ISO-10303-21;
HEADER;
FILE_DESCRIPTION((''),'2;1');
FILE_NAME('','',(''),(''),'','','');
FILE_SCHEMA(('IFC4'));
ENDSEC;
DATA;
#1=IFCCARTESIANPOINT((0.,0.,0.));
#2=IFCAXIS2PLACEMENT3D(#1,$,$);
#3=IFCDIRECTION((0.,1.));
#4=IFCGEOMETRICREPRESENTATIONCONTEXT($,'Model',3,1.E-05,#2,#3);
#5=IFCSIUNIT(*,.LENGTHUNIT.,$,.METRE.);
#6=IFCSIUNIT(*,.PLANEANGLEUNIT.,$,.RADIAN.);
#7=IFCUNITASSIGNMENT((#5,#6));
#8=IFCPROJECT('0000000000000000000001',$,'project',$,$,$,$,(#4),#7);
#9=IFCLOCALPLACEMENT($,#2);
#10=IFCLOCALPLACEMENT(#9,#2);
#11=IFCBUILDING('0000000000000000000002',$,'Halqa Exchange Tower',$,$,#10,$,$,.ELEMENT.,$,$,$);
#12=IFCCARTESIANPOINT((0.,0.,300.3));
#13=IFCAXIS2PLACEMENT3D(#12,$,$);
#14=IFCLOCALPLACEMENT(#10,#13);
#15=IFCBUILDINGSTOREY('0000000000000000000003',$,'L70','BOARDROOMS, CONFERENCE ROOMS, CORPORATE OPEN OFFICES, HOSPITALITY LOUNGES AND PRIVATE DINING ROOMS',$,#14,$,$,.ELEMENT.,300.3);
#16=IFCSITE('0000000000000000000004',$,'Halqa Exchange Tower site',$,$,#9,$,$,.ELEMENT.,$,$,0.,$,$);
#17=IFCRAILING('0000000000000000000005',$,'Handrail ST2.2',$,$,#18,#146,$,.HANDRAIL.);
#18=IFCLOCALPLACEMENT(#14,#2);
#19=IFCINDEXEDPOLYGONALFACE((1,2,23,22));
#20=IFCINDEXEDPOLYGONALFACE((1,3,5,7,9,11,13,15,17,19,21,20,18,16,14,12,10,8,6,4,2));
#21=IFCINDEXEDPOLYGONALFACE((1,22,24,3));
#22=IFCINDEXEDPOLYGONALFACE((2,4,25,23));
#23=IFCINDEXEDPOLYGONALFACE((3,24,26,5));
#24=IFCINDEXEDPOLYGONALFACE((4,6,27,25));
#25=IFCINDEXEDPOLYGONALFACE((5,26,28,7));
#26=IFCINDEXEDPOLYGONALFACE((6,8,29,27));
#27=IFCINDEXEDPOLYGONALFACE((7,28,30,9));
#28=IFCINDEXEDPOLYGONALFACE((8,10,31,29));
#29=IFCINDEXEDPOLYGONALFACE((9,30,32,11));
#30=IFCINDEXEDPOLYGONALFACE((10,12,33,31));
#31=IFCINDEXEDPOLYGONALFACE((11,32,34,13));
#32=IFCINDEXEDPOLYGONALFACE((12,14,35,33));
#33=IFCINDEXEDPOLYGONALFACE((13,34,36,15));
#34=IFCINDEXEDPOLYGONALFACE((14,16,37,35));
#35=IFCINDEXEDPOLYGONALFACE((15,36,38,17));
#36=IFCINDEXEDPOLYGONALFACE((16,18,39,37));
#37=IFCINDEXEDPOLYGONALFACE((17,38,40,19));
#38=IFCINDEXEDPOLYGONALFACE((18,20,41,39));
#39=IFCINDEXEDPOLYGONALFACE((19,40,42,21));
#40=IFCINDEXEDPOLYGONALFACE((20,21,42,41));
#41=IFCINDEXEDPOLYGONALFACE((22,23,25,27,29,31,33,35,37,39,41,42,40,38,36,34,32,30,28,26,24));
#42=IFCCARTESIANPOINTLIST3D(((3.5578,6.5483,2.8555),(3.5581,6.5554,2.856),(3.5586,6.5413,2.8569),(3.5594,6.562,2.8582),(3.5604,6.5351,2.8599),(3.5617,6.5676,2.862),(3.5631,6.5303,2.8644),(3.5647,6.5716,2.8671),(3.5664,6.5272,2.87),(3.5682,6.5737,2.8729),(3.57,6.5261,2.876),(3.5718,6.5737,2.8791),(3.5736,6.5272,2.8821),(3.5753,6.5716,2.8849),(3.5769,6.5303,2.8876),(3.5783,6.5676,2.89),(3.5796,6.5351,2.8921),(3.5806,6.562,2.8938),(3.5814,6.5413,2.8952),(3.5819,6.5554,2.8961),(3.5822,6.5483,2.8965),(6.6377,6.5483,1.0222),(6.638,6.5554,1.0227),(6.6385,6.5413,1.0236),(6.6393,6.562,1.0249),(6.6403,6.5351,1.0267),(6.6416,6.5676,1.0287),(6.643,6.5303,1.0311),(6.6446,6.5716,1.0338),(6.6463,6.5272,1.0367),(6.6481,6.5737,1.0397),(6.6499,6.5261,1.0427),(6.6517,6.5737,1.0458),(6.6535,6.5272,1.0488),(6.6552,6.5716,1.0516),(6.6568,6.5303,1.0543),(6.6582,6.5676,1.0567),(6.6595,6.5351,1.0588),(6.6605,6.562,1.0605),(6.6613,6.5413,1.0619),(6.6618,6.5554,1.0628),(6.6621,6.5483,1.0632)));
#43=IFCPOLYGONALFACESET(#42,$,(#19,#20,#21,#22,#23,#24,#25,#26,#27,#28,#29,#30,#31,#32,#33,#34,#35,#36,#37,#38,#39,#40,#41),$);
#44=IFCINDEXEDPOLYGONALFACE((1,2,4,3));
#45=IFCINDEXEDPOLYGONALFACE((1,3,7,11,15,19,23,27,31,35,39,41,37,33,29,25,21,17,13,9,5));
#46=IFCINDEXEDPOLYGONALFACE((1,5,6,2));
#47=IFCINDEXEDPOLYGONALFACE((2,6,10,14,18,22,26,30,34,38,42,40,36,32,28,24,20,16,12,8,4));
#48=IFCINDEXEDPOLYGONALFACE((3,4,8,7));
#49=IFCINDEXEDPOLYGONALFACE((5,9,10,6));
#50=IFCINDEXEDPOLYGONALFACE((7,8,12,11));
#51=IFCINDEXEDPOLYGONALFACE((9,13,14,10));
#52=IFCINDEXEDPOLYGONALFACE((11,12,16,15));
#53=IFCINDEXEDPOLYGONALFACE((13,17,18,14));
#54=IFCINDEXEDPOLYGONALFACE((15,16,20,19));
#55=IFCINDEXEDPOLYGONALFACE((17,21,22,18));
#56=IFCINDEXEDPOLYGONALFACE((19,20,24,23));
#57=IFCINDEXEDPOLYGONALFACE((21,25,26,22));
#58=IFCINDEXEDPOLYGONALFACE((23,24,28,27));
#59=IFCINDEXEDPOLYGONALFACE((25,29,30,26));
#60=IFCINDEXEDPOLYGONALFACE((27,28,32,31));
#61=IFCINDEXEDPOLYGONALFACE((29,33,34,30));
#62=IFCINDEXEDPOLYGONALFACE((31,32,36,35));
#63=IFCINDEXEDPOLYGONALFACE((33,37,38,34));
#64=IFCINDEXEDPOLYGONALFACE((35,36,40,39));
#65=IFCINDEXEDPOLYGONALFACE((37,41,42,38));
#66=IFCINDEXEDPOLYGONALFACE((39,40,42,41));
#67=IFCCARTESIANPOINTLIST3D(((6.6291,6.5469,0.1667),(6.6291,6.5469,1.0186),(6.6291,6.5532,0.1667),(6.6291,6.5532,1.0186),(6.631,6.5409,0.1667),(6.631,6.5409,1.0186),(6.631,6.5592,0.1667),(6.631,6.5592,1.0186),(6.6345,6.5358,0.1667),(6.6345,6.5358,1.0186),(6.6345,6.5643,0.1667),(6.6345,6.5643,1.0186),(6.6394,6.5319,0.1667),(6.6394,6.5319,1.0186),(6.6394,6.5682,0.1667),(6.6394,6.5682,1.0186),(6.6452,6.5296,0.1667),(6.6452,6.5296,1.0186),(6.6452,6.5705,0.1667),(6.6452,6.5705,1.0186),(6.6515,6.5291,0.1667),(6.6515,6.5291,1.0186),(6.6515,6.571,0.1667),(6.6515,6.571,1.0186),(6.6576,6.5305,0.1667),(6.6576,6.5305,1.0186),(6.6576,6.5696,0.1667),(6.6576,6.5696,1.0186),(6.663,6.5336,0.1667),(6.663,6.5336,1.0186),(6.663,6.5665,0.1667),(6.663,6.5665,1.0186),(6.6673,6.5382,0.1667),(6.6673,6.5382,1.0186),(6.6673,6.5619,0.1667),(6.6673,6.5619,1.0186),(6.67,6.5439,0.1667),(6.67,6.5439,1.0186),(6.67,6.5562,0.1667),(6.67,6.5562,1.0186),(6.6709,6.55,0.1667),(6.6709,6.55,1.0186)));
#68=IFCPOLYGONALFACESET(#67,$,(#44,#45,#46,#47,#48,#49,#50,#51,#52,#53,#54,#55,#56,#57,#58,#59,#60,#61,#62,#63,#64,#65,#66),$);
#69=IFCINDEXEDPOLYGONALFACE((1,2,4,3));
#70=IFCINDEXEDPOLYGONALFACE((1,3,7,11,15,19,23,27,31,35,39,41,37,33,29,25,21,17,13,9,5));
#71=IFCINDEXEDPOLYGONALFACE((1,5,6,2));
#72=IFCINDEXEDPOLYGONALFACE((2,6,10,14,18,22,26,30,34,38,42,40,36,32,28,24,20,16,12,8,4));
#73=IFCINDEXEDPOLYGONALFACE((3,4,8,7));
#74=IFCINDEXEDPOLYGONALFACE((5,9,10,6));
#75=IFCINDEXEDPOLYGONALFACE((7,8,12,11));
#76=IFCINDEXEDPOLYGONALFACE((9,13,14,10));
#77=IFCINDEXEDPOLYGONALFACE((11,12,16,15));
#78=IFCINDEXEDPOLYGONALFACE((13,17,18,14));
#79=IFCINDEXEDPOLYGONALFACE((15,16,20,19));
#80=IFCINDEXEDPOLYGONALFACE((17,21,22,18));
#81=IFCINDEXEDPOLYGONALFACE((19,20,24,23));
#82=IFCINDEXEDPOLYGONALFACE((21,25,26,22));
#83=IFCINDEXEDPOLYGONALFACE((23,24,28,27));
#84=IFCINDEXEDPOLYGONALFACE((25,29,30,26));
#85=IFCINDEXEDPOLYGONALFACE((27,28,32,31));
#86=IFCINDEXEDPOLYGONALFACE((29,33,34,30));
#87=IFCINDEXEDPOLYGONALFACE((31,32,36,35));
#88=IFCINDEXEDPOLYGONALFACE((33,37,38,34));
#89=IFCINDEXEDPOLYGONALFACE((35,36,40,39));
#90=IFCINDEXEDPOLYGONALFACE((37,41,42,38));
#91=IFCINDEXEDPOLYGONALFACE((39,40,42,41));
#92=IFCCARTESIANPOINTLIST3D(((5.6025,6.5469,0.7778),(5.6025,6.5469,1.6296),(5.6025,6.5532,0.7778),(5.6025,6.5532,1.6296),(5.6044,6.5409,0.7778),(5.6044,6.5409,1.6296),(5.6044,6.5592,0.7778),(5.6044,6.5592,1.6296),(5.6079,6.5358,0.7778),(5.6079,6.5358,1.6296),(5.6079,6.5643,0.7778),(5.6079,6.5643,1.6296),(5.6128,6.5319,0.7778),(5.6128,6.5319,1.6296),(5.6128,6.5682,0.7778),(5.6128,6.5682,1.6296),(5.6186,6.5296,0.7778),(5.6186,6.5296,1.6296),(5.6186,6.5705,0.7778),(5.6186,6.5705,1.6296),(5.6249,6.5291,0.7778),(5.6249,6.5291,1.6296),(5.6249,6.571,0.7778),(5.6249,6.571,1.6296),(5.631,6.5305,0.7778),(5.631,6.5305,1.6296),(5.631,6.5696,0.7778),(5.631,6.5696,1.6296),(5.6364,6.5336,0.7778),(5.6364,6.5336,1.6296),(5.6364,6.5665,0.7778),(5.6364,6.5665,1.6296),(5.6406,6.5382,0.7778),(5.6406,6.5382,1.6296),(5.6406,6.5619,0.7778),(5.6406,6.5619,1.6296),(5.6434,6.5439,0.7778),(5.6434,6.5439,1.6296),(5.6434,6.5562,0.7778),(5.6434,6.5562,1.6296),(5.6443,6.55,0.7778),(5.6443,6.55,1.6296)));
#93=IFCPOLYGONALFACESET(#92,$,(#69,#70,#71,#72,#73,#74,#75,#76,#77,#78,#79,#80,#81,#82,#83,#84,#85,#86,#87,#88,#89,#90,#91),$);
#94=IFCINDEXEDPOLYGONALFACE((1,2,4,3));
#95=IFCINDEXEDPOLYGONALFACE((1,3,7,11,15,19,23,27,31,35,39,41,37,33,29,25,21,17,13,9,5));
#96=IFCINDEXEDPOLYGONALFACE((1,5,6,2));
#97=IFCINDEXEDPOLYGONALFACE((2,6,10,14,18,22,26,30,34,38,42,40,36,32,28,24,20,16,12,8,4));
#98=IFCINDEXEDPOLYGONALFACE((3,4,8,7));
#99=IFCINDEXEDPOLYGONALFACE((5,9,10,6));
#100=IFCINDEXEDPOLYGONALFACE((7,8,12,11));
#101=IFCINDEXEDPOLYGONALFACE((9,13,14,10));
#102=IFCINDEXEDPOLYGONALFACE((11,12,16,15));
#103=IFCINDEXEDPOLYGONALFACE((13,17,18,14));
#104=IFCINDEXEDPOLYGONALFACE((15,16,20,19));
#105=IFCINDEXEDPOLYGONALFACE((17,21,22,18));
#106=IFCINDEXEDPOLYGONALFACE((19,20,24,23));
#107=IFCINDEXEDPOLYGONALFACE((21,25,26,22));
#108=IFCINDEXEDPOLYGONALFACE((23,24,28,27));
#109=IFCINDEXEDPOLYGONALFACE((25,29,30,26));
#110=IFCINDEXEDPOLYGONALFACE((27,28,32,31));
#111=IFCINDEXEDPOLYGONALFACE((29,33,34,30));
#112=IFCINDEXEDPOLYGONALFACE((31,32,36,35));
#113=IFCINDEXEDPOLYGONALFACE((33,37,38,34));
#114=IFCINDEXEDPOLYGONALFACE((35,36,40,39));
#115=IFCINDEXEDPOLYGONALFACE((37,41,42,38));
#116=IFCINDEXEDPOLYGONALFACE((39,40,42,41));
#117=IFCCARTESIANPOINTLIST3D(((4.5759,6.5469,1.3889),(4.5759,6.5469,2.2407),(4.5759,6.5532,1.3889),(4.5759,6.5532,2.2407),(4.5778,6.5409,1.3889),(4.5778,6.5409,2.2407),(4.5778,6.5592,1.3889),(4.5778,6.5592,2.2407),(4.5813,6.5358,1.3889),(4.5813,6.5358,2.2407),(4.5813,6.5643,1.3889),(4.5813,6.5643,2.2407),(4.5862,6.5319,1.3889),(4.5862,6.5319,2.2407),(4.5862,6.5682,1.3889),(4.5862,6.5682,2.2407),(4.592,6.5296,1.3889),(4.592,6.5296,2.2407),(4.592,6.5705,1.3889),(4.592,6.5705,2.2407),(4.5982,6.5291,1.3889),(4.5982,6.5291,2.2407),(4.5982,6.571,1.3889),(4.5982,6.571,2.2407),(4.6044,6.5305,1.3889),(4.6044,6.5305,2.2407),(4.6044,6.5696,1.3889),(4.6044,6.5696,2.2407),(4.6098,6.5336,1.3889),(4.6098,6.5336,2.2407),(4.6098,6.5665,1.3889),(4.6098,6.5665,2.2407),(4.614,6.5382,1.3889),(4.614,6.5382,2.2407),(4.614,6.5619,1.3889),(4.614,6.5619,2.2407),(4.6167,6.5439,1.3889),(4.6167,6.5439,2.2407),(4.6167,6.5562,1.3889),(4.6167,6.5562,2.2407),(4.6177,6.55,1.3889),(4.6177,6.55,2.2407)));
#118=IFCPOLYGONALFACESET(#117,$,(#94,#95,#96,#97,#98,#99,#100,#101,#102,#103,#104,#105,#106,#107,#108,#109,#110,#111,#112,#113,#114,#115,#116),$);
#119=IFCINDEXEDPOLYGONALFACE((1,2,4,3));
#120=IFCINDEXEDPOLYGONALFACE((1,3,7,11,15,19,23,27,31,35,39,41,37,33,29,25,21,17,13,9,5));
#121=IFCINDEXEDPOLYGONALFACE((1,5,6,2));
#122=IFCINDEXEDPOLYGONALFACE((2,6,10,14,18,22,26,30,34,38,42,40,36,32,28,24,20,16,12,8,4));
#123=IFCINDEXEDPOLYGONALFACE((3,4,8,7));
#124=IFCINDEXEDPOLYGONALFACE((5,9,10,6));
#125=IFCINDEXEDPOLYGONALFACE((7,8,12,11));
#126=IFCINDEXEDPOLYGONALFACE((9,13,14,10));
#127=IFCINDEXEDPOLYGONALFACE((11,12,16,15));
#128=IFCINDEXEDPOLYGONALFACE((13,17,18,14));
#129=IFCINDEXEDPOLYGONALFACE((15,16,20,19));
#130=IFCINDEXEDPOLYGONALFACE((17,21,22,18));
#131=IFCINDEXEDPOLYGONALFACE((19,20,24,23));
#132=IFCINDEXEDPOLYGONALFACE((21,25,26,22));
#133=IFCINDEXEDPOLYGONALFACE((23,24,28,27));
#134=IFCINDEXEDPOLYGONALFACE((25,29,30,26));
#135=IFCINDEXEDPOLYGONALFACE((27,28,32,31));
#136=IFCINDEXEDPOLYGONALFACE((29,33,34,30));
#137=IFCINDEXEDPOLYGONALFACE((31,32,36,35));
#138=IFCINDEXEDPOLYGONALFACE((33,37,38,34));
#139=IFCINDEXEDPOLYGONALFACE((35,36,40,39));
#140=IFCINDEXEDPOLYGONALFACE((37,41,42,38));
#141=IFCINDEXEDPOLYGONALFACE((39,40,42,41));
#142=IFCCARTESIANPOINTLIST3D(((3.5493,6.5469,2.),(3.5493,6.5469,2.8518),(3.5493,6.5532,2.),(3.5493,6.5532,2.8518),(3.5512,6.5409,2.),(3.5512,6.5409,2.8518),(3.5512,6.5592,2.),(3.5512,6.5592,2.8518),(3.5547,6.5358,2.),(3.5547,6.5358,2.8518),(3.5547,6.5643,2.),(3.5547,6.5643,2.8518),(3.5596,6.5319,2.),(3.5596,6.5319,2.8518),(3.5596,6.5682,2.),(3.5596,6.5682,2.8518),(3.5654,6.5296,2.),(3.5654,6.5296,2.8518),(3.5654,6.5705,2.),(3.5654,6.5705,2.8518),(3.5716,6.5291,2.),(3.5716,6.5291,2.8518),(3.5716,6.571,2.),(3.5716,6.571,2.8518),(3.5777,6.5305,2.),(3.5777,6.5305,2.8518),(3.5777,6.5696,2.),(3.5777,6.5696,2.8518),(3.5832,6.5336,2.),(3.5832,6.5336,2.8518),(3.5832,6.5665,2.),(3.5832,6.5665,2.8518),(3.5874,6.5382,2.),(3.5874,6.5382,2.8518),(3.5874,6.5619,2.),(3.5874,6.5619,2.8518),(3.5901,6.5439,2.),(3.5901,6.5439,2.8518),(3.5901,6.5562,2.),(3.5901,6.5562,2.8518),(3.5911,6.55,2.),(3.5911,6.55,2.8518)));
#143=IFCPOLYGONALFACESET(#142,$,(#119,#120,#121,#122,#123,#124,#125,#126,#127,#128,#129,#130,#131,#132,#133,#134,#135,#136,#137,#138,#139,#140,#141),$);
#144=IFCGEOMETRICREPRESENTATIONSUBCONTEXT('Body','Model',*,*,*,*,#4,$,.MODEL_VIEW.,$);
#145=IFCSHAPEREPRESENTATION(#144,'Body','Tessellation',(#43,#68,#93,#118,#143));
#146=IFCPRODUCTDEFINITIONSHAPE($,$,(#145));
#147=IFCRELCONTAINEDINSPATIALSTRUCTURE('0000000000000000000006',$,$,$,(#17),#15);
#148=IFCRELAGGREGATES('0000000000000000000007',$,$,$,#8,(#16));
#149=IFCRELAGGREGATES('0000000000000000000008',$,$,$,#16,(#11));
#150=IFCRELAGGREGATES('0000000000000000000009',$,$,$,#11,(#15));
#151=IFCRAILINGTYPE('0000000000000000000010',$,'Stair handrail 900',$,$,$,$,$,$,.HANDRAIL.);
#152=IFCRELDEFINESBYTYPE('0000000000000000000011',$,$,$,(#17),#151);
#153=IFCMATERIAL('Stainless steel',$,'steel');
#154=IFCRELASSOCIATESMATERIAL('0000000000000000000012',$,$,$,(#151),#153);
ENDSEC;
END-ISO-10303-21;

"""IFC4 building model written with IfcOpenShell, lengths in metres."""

from ifc_helpers import new_model, si_unit, direction, frame, origin, origin_2d, place, context, subcontext, project, spatial, circle, extrude, material, type_object, element, save


model = new_model("IFC4")

# Units and contexts
model_context = context("Model", 3, precision=1e-05, world=origin(), true_north=direction((0.0, 1.0)))
body_context = subcontext(model_context, "Body", "Model", "MODEL_VIEW")
ifc_project = project(units=[si_unit("LENGTHUNIT", "METRE"), si_unit("PLANEANGLEUNIT", "RADIAN")], contexts=[model_context])

# Site, building, storey
site_placement = place(None, origin())
site = spatial("IfcSite", under=ifc_project, at=site_placement, Name="Halqa Exchange Tower site", CompositionType="ELEMENT", RefElevation=0.0)
building_placement = place(site_placement, origin())
building = spatial("IfcBuilding", under=site, at=building_placement, Name="Halqa Exchange Tower", CompositionType="ELEMENT")
storey_placement = place(building_placement, frame((0.0, 0.0, 300.3)))
storey = spatial("IfcBuildingStorey", under=building, at=storey_placement, Name="L70", Description="BOARDROOMS, CONFERENCE ROOMS, CORPORATE OPEN OFFICES, HOSPITALITY LOUNGES AND PRIVATE DINING ROOMS", CompositionType="ELEMENT", Elevation=300.3)

# Railing
ifc_material_1 = material(Name="Stainless steel", Category="steel")
railing_type_1 = type_object("IfcRailingType", Name="Stair handrail 900", PredefinedType="HANDRAIL", material=ifc_material_1)
railing_1_placement = place(storey_placement, frame((6.6499, 6.55, 0.1667)))
element("IfcRailing", 1, at=railing_1_placement, inside=storey, type_object=railing_type_1, Name="Handrail ST2.2", PredefinedType="HANDRAIL", context=body_context, shape_type="SweptSolid", body=[
    extrude(circle(Radius=0.0239, at=origin_2d()), frame((0.0, 0.0, 0.876), z_axis=(-0.859291, 0.0, 0.511487), x_axis=(0.0, -1.0, 0.0)), (0.0, 0.0, 1.0), 3.5842),
    extrude(circle(Radius=0.021, at=origin_2d()), origin(), (0.0, 0.0, 1.0), 0.8518),
    extrude(circle(Radius=0.021, at=origin_2d()), frame((-1.0266, 0.0, 0.6111)), (0.0, 0.0, 1.0), 0.8518),
    extrude(circle(Radius=0.021, at=origin_2d()), frame((-2.0532, 0.0, 1.2222)), (0.0, 0.0, 1.0), 0.8518),
    extrude(circle(Radius=0.021, at=origin_2d()), frame((-3.0798, 0.0, 1.8333)), (0.0, 0.0, 1.0), 0.8518),
])

save(model, "model.ifc")
